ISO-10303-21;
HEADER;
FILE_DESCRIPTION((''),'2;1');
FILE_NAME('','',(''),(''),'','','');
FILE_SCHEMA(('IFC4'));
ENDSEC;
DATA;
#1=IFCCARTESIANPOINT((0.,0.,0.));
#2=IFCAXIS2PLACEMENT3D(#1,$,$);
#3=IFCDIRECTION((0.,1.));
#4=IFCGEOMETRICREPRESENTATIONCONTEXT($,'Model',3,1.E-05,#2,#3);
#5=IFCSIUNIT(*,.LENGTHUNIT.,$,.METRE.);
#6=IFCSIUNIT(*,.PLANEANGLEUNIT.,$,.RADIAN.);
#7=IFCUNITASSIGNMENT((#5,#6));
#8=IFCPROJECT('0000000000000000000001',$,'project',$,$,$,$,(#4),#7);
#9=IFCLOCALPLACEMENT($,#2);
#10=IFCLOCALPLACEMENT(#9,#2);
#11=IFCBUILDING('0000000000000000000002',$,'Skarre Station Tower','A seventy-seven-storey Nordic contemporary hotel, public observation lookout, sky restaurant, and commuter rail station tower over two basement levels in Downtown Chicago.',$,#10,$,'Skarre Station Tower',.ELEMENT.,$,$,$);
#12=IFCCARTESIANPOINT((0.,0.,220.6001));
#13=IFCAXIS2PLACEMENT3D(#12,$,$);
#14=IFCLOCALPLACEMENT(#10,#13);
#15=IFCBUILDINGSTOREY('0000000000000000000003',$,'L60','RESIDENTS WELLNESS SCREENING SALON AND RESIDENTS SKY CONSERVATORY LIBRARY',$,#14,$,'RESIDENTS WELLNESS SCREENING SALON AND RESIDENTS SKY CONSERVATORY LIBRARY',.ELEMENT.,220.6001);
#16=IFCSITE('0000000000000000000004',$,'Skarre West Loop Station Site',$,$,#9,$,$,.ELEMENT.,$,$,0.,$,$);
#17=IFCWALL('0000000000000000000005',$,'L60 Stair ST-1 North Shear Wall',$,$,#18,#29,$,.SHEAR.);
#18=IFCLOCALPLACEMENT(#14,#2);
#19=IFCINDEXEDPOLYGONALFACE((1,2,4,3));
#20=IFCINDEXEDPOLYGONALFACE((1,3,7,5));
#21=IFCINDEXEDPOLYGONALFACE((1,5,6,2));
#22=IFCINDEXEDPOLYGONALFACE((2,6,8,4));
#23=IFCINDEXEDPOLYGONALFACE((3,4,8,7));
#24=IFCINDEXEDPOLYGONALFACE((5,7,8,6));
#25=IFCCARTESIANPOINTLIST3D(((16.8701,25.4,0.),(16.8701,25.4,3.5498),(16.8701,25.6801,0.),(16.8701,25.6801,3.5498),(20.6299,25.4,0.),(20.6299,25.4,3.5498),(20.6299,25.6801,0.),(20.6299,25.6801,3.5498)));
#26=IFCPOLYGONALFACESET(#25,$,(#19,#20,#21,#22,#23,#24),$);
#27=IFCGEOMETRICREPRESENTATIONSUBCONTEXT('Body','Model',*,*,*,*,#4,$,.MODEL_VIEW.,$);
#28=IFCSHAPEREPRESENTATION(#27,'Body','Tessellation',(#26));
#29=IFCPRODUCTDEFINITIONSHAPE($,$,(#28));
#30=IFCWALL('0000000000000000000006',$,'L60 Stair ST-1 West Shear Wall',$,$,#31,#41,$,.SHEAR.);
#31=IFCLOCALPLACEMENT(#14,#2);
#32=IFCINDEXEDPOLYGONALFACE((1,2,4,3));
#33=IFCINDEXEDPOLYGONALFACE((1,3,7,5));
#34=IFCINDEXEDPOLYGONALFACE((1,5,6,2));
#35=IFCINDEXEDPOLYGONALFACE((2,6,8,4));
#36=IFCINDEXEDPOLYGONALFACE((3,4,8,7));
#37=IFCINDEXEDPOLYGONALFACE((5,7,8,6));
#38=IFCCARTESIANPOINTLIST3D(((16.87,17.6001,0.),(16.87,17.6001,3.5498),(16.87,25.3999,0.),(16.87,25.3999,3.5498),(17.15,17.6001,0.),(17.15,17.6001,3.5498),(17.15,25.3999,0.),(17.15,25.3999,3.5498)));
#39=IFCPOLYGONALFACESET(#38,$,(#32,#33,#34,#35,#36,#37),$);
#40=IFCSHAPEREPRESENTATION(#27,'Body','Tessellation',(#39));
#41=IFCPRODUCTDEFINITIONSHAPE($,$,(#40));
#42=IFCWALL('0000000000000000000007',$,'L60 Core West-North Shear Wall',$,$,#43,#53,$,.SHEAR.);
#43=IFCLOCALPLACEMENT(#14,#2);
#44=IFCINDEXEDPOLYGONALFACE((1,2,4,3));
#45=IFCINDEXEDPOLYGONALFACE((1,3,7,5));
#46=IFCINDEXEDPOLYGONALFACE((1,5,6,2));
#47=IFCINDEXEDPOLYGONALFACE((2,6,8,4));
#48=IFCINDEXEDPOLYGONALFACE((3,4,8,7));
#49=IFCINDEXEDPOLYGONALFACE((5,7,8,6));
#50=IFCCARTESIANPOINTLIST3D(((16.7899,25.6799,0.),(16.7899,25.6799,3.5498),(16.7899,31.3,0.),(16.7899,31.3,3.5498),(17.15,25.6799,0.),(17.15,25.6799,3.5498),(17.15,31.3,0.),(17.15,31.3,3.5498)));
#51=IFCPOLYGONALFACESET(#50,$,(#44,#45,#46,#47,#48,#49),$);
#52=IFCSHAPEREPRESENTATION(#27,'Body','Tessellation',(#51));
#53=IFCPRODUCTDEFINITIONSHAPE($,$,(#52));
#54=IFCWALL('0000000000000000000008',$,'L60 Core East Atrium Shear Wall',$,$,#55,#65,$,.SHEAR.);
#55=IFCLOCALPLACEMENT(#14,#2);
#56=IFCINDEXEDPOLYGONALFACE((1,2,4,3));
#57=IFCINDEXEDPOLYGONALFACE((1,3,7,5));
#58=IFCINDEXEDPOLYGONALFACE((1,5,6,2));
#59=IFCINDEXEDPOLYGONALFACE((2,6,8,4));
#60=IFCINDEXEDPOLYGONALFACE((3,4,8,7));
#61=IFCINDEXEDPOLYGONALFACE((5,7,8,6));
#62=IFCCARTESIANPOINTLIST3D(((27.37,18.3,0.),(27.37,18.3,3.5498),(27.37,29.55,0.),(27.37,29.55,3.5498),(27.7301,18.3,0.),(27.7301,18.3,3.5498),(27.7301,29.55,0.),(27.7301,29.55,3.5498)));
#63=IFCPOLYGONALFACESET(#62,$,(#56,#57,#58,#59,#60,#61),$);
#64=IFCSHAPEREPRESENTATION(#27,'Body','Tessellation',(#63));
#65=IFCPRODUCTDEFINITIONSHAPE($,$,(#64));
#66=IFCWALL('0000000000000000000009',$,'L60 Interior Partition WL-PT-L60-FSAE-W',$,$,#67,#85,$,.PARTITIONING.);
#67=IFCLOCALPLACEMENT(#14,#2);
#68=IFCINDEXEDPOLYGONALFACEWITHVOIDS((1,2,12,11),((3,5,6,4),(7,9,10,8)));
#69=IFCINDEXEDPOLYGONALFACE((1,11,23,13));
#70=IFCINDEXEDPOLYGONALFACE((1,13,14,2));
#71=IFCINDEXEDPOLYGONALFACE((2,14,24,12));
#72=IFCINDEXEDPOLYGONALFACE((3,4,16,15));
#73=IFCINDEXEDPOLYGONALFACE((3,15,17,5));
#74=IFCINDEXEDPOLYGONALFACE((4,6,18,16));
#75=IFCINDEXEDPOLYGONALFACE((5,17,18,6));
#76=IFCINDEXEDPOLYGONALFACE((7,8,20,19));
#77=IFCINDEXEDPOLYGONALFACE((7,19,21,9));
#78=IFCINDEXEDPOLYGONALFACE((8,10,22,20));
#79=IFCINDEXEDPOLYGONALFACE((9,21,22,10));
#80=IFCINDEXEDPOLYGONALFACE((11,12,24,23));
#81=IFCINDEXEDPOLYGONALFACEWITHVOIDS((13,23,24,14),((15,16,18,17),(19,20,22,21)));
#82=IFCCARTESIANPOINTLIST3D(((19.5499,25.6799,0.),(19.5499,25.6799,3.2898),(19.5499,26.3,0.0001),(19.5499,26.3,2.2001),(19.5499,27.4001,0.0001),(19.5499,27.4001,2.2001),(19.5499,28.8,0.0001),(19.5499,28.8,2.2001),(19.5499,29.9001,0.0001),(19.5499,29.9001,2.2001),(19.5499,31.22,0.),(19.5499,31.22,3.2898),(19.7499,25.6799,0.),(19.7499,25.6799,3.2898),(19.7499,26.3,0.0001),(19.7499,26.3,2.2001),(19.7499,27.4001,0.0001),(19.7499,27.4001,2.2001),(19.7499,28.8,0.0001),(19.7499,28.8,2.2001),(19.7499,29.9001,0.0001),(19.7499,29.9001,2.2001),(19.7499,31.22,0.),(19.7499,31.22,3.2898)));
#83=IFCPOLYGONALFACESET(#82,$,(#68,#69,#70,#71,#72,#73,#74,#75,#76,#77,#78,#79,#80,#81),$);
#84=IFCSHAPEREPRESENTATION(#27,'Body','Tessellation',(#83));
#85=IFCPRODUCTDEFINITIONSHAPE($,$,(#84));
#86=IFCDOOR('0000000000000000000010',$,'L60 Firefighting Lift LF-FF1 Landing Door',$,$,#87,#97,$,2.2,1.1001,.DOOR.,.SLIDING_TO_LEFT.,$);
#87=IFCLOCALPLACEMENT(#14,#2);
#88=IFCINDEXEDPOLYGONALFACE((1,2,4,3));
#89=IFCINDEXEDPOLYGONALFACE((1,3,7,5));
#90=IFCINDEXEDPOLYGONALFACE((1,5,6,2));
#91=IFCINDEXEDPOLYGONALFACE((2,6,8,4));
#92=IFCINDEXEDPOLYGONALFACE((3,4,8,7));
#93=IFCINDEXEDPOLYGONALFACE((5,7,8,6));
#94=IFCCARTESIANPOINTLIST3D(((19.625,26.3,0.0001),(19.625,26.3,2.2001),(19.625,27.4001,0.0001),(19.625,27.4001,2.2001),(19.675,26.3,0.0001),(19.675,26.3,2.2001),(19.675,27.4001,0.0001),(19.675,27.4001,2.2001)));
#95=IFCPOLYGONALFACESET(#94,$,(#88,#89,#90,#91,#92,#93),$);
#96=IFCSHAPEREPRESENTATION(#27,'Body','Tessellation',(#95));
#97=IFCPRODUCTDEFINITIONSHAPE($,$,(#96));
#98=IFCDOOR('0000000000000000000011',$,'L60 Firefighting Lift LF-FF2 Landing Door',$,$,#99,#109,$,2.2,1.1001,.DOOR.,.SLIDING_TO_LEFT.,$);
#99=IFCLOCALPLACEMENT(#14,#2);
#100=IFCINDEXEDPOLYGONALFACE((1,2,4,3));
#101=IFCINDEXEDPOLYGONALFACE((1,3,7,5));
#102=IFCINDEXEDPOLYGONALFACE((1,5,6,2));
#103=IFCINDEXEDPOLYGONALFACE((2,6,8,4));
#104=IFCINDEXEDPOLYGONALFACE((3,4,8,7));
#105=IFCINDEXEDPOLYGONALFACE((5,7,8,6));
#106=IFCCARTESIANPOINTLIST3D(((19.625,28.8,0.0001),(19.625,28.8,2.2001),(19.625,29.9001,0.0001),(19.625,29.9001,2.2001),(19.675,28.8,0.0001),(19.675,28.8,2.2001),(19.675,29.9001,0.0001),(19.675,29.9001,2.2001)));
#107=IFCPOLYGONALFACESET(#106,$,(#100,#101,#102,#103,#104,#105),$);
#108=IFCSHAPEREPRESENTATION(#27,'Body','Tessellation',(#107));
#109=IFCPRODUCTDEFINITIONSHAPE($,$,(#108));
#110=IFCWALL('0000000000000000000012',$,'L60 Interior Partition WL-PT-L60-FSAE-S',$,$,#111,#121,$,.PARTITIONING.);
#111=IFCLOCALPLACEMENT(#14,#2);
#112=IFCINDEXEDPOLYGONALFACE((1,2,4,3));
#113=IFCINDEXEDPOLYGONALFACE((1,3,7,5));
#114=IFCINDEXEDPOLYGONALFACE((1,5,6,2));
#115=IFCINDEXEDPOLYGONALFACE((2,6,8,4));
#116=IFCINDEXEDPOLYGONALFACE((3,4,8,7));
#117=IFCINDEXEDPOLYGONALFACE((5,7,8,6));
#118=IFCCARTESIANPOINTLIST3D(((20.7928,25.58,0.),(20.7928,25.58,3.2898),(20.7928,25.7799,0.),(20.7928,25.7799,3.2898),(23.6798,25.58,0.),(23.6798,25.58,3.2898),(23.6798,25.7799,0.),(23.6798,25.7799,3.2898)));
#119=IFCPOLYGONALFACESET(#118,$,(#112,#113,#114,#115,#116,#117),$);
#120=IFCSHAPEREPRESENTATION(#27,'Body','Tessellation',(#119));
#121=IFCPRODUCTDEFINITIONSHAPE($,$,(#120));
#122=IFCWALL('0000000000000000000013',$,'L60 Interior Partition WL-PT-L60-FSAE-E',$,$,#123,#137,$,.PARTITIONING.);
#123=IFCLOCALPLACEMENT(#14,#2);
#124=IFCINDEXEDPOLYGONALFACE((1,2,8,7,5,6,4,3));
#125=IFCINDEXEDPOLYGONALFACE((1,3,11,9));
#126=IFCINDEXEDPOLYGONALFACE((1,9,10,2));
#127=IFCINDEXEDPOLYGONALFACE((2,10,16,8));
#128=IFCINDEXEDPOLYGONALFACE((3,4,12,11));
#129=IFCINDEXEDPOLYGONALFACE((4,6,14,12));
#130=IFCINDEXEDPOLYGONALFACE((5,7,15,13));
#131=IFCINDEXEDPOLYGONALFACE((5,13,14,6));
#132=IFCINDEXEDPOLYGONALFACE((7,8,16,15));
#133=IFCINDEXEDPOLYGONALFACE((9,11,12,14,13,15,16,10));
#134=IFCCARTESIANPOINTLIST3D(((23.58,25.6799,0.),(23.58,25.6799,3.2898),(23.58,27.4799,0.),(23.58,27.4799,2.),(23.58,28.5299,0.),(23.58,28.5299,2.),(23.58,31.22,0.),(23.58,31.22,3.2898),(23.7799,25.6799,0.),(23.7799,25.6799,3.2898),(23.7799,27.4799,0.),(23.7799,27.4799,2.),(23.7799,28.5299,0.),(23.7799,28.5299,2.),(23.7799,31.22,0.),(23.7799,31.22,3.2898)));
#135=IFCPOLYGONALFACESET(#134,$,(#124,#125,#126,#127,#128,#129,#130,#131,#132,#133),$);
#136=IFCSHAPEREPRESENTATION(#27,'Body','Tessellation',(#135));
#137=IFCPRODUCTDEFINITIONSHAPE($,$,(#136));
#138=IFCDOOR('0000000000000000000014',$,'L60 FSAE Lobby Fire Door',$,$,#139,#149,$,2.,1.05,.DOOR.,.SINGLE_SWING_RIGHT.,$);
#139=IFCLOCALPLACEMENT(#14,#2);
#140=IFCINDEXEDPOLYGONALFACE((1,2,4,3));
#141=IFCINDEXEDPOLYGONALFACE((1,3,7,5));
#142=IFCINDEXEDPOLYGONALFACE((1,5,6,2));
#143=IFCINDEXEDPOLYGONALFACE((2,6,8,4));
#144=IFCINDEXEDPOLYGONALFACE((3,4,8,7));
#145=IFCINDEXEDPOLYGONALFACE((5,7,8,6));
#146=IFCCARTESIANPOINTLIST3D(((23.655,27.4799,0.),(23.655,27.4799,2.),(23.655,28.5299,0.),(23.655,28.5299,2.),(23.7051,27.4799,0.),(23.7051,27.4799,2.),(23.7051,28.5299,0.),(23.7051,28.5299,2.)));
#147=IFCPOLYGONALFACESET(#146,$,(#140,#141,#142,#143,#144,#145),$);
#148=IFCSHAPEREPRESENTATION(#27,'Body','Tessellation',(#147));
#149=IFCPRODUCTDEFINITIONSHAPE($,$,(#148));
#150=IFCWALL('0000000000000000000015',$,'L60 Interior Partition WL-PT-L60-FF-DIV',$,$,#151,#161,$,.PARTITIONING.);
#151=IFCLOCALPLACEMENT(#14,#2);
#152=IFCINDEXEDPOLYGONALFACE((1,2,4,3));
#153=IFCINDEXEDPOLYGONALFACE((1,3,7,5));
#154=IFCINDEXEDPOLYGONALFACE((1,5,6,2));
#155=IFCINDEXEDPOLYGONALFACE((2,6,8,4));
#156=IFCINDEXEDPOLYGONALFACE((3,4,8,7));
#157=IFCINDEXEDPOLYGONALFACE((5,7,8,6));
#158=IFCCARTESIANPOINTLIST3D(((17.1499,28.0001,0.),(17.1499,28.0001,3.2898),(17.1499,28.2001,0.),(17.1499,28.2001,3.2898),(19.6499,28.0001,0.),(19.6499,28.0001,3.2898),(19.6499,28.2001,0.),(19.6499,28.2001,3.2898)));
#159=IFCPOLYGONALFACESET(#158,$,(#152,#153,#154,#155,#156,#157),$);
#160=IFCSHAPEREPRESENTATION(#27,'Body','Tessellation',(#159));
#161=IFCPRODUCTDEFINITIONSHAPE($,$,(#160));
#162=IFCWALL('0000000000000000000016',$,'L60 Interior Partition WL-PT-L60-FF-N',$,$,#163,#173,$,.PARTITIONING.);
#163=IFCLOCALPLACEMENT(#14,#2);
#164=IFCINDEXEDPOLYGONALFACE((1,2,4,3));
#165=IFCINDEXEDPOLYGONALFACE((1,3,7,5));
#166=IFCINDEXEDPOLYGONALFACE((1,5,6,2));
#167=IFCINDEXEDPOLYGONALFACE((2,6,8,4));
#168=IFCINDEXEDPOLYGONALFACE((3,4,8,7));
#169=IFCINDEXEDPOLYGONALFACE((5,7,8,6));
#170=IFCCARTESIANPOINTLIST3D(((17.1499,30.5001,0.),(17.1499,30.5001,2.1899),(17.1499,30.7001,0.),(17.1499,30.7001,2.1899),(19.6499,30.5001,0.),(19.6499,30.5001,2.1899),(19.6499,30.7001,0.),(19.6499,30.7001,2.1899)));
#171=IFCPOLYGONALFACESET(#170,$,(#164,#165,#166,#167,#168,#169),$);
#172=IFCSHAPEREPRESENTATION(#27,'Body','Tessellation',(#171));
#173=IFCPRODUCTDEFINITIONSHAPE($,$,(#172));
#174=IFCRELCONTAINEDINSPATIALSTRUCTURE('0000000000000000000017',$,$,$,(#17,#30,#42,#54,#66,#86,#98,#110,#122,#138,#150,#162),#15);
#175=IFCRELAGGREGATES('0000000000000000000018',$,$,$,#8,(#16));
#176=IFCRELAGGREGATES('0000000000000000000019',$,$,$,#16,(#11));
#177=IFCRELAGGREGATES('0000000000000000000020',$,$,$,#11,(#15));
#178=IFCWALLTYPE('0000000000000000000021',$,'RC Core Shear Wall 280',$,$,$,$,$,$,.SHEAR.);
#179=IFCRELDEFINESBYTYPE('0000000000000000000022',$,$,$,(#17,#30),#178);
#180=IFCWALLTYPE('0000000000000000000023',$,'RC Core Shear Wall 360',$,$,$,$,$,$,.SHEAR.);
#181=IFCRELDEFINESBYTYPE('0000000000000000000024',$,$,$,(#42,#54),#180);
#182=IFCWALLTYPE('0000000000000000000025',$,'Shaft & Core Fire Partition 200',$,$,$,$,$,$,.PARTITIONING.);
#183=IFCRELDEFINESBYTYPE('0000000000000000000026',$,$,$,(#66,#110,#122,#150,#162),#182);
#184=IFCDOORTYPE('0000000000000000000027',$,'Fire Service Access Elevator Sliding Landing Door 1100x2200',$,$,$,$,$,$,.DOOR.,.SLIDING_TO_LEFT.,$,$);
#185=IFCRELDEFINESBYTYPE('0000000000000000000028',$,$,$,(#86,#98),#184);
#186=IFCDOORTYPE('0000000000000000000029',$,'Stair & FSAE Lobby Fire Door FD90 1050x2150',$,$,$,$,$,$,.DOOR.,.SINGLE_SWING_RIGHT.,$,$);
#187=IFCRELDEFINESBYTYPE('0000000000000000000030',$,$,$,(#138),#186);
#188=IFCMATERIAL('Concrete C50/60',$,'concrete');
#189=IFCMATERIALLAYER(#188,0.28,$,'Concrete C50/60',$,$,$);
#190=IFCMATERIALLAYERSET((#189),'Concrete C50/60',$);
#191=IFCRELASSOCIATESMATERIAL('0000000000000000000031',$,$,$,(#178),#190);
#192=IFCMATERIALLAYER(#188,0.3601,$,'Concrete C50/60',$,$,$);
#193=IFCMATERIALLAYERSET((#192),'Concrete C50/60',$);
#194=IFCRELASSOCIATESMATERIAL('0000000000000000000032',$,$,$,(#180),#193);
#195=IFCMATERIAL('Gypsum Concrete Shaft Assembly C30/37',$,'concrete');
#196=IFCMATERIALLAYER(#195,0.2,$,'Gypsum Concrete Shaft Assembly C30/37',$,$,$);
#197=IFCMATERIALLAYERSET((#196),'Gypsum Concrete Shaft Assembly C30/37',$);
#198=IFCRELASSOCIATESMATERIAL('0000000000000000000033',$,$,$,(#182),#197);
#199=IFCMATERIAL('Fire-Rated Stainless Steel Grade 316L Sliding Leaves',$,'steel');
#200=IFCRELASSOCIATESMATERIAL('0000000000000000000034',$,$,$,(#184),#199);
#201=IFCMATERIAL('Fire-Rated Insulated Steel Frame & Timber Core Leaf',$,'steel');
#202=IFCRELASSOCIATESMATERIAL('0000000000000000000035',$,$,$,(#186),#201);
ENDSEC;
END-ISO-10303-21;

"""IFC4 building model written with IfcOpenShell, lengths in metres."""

from ifc_helpers import new_model, si_unit, direction, frame, frame_2d, origin, place, context, subcontext, project, spatial, rectangle, extrude, material, layer, layer_set, type_object, element, fill, save


model = new_model("IFC4")

# Units and contexts
model_context = context("Model", 3, precision=1e-05, world=origin(), true_north=direction((0.0, 1.0)))
body_context = subcontext(model_context, "Body", "Model", "MODEL_VIEW")
ifc_project = project(units=[si_unit("LENGTHUNIT", "METRE"), si_unit("PLANEANGLEUNIT", "RADIAN")], contexts=[model_context])

# Site, building, storey
site_placement = place(None, origin())
site = spatial("IfcSite", under=ifc_project, at=site_placement, Name="Skarre West Loop Station Site", CompositionType="ELEMENT", RefElevation=0.0)
building_placement = place(site_placement, origin())
building = spatial("IfcBuilding", under=site, at=building_placement, Name="Skarre Station Tower", Description="A seventy-seven-storey Nordic contemporary hotel, public observation lookout, sky restaurant, and commuter rail station tower over two basement levels in Downtown Chicago.", LongName="Skarre Station Tower", CompositionType="ELEMENT")
storey_placement = place(building_placement, frame((0.0, 0.0, 220.6001)))
storey = spatial("IfcBuildingStorey", under=building, at=storey_placement, Name="L60", Description="RESIDENTS WELLNESS SCREENING SALON AND RESIDENTS SKY CONSERVATORY LIBRARY", LongName="RESIDENTS WELLNESS SCREENING SALON AND RESIDENTS SKY CONSERVATORY LIBRARY", CompositionType="ELEMENT", Elevation=220.6001)

# Shared definitions
ifc_material_1 = material(Name="Concrete C50/60", Category="concrete")

# Walls
ifc_layer_1 = layer(ifc_material_1, 0.28, Name="Concrete C50/60")
ifc_layer_set_1 = layer_set([ifc_layer_1], Name="Concrete C50/60")
wall_type_1 = type_object("IfcWallType", Name="RC Core Shear Wall 280", PredefinedType="SHEAR", material=ifc_layer_set_1)
wall_1_placement = place(storey_placement, frame((20.6299, 25.54, 0.0), z_axis=(0.0, 0.0, 1.0), x_axis=(-1.0, 0.0, 0.0)))
element("IfcWall", 1, at=wall_1_placement, inside=storey, type_object=wall_type_1, Name="L60 Stair ST-1 North Shear Wall", PredefinedType="SHEAR", context=body_context, shape_type="SweptSolid", body=[
    extrude(rectangle(XDim=3.7598, YDim=0.28, at=frame_2d((1.8799, 0.0))), origin(), (0.0, 0.0, 1.0), 3.5498),
])
wall_2_placement = place(storey_placement, frame((17.01, 25.3999, 0.0), z_axis=(0.0, 0.0, 1.0), x_axis=(0.0, -1.0, 0.0)))
element("IfcWall", 2, at=wall_2_placement, inside=storey, type_object=wall_type_1, Name="L60 Stair ST-1 West Shear Wall", PredefinedType="SHEAR", context=body_context, shape_type="SweptSolid", body=[
    extrude(rectangle(XDim=7.7998, YDim=0.28, at=frame_2d((3.8999, 0.0))), origin(), (0.0, 0.0, 1.0), 3.5498),
])
ifc_layer_2 = layer(ifc_material_1, 0.3601, Name="Concrete C50/60")
ifc_layer_set_2 = layer_set([ifc_layer_2], Name="Concrete C50/60")
wall_type_2 = type_object("IfcWallType", Name="RC Core Shear Wall 360", PredefinedType="SHEAR", material=ifc_layer_set_2)
wall_3_placement = place(storey_placement, frame((16.97, 25.6799, 0.0), z_axis=(0.0, 0.0, 1.0), x_axis=(0.0, 1.0, 0.0)))
element("IfcWall", 3, at=wall_3_placement, inside=storey, type_object=wall_type_2, Name="L60 Core West-North Shear Wall", PredefinedType="SHEAR", context=body_context, shape_type="SweptSolid", body=[
    extrude(rectangle(XDim=5.6201, YDim=0.3601, at=frame_2d((2.8101, 0.0))), origin(), (0.0, 0.0, 1.0), 3.5498),
])
wall_4_placement = place(storey_placement, frame((27.55, 29.55, 0.0), z_axis=(0.0, 0.0, 1.0), x_axis=(0.0, -1.0, 0.0)))
element("IfcWall", 4, at=wall_4_placement, inside=storey, type_object=wall_type_2, Name="L60 Core East Atrium Shear Wall", PredefinedType="SHEAR", context=body_context, shape_type="SweptSolid", body=[
    extrude(rectangle(XDim=11.25, YDim=0.3601, at=frame_2d((5.625, 0.0))), origin(), (0.0, 0.0, 1.0), 3.5498),
])

# Wall, openings, doors
ifc_material_2 = material(Name="Gypsum Concrete Shaft Assembly C30/37", Category="concrete")
ifc_layer_3 = layer(ifc_material_2, 0.2, Name="Gypsum Concrete Shaft Assembly C30/37")
ifc_layer_set_3 = layer_set([ifc_layer_3], Name="Gypsum Concrete Shaft Assembly C30/37")
wall_type_3 = type_object("IfcWallType", Name="Shaft & Core Fire Partition 200", PredefinedType="PARTITIONING", material=ifc_layer_set_3)
wall_5_placement = place(storey_placement, frame((19.6499, 25.6799, 0.0), z_axis=(0.0, 0.0, 1.0), x_axis=(0.0, 1.0, 0.0)))
wall_5 = element("IfcWall", 5, at=wall_5_placement, inside=storey, type_object=wall_type_3, Name="L60 Interior Partition WL-PT-L60-FSAE-W", PredefinedType="PARTITIONING", context=body_context, shape_type="SweptSolid", body=[
    extrude(rectangle(XDim=5.54, YDim=0.2, at=frame_2d((2.77, 0.0))), origin(), (0.0, 0.0, 1.0), 3.2898),
])
opening_1_placement = place(wall_5_placement, frame((0.6201, 0.0, 0.0)))
opening_1 = element("IfcOpeningElement", 6, at=opening_1_placement, cuts=wall_5, PredefinedType="OPENING", context=body_context, shape_type="SweptSolid", body=[
    extrude(rectangle(XDim=1.1001, YDim=2.2, at=frame_2d((0.55, 1.1001))), frame((0.0, 0.1099, 0.0), z_axis=(0.0, -1.0, 0.0), x_axis=(1.0, 0.0, 0.0)), (0.0, 0.0, 1.0), 0.22),
])
opening_2_placement = place(wall_5_placement, frame((3.1201, 0.0, 0.0)))
opening_2 = element("IfcOpeningElement", 7, at=opening_2_placement, cuts=wall_5, PredefinedType="OPENING", context=body_context, shape_type="SweptSolid", body=[
    extrude(rectangle(XDim=1.1001, YDim=2.2, at=frame_2d((0.55, 1.1001))), frame((0.0, 0.1099, 0.0), z_axis=(0.0, -1.0, 0.0), x_axis=(1.0, 0.0, 0.0)), (0.0, 0.0, 1.0), 0.22),
])
ifc_material_3 = material(Name="Fire-Rated Stainless Steel Grade 316L Sliding Leaves", Category="steel")
door_type_1 = type_object("IfcDoorType", Name="Fire Service Access Elevator Sliding Landing Door 1100x2200", OperationType="SLIDING_TO_LEFT", PredefinedType="DOOR", material=ifc_material_3)
door_1_placement = place(opening_1_placement, origin())
door_1 = element("IfcDoor", 8, at=door_1_placement, inside=storey, type_object=door_type_1, Name="L60 Firefighting Lift LF-FF1 Landing Door", OperationType="SLIDING_TO_LEFT", OverallHeight=2.2, OverallWidth=1.1001, PredefinedType="DOOR", context=body_context, shape_type="SweptSolid", body=[
    extrude(rectangle(XDim=1.1001, YDim=2.2, at=frame_2d((0.55, 1.1001))), frame((0.0, 0.0249, 0.0), z_axis=(0.0, -1.0, 0.0), x_axis=(1.0, 0.0, 0.0)), (0.0, 0.0, 1.0), 0.05),
])
fill(opening_1, door_1)
door_2_placement = place(opening_2_placement, origin())
door_2 = element("IfcDoor", 9, at=door_2_placement, inside=storey, type_object=door_type_1, Name="L60 Firefighting Lift LF-FF2 Landing Door", OperationType="SLIDING_TO_LEFT", OverallHeight=2.2, OverallWidth=1.1001, PredefinedType="DOOR", context=body_context, shape_type="SweptSolid", body=[
    extrude(rectangle(XDim=1.1001, YDim=2.2, at=frame_2d((0.55, 1.1001))), frame((0.0, 0.0249, 0.0), z_axis=(0.0, -1.0, 0.0), x_axis=(1.0, 0.0, 0.0)), (0.0, 0.0, 1.0), 0.05),
])
fill(opening_2, door_2)

# Wall
wall_6_placement = place(storey_placement, frame((20.793, 25.6799, 0.0), z_axis=(0.0, 0.0, 1.0), x_axis=(1.0, 0.0, 0.0)))
element("IfcWall", 10, at=wall_6_placement, inside=storey, type_object=wall_type_3, Name="L60 Interior Partition WL-PT-L60-FSAE-S", PredefinedType="PARTITIONING", context=body_context, shape_type="SweptSolid", body=[
    extrude(rectangle(XDim=2.887, YDim=0.2, at=frame_2d((1.4434, 0.0))), origin(), (0.0, 0.0, 1.0), 3.2898),
])

# Wall, opening, door
wall_7_placement = place(storey_placement, frame((23.6799, 25.6799, 0.0), z_axis=(0.0, 0.0, 1.0), x_axis=(0.0, 1.0, 0.0)))
wall_7 = element("IfcWall", 11, at=wall_7_placement, inside=storey, type_object=wall_type_3, Name="L60 Interior Partition WL-PT-L60-FSAE-E", PredefinedType="PARTITIONING", context=body_context, shape_type="SweptSolid", body=[
    extrude(rectangle(XDim=5.54, YDim=0.2, at=frame_2d((2.77, 0.0))), origin(), (0.0, 0.0, 1.0), 3.2898),
])
opening_3_placement = place(wall_7_placement, frame((1.8, 0.0, 0.0)))
opening_3 = element("IfcOpeningElement", 12, at=opening_3_placement, cuts=wall_7, PredefinedType="OPENING", context=body_context, shape_type="SweptSolid", body=[
    extrude(rectangle(XDim=1.05, YDim=2.0, at=frame_2d((0.5249, 1.0))), frame((0.0, 0.1099, 0.0), z_axis=(0.0, -1.0, 0.0), x_axis=(1.0, 0.0, 0.0)), (0.0, 0.0, 1.0), 0.22),
])
ifc_material_4 = material(Name="Fire-Rated Insulated Steel Frame & Timber Core Leaf", Category="steel")
door_type_2 = type_object("IfcDoorType", Name="Stair & FSAE Lobby Fire Door FD90 1050x2150", OperationType="SINGLE_SWING_RIGHT", PredefinedType="DOOR", material=ifc_material_4)
door_3_placement = place(opening_3_placement, origin())
door_3 = element("IfcDoor", 13, at=door_3_placement, inside=storey, type_object=door_type_2, Name="L60 FSAE Lobby Fire Door", OperationType="SINGLE_SWING_RIGHT", OverallHeight=2.0, OverallWidth=1.05, PredefinedType="DOOR", context=body_context, shape_type="SweptSolid", body=[
    extrude(rectangle(XDim=1.05, YDim=2.0, at=frame_2d((0.5249, 1.0))), frame((0.0, 0.0249, 0.0), z_axis=(0.0, -1.0, 0.0), x_axis=(1.0, 0.0, 0.0)), (0.0, 0.0, 1.0), 0.05),
])
fill(opening_3, door_3)

# Walls
wall_8_placement = place(storey_placement, frame((17.1499, 28.1001, 0.0), z_axis=(0.0, 0.0, 1.0), x_axis=(1.0, 0.0, 0.0)))
element("IfcWall", 14, at=wall_8_placement, inside=storey, type_object=wall_type_3, Name="L60 Interior Partition WL-PT-L60-FF-DIV", PredefinedType="PARTITIONING", context=body_context, shape_type="SweptSolid", body=[
    extrude(rectangle(XDim=2.5, YDim=0.2, at=frame_2d((1.25, 0.0))), origin(), (0.0, 0.0, 1.0), 3.2898),
])
wall_9_placement = place(storey_placement, frame((19.6499, 30.6001, 0.0), z_axis=(0.0, 0.0, 1.0), x_axis=(-1.0, 0.0, 0.0)))
element("IfcWall", 15, at=wall_9_placement, inside=storey, type_object=wall_type_3, Name="L60 Interior Partition WL-PT-L60-FF-N", PredefinedType="PARTITIONING", context=body_context, shape_type="SweptSolid", body=[
    extrude(rectangle(XDim=2.5, YDim=0.2, at=frame_2d((1.25, 0.0))), origin(), (0.0, 0.0, 1.0), 2.1899),
])

save(model, "model.ifc")
